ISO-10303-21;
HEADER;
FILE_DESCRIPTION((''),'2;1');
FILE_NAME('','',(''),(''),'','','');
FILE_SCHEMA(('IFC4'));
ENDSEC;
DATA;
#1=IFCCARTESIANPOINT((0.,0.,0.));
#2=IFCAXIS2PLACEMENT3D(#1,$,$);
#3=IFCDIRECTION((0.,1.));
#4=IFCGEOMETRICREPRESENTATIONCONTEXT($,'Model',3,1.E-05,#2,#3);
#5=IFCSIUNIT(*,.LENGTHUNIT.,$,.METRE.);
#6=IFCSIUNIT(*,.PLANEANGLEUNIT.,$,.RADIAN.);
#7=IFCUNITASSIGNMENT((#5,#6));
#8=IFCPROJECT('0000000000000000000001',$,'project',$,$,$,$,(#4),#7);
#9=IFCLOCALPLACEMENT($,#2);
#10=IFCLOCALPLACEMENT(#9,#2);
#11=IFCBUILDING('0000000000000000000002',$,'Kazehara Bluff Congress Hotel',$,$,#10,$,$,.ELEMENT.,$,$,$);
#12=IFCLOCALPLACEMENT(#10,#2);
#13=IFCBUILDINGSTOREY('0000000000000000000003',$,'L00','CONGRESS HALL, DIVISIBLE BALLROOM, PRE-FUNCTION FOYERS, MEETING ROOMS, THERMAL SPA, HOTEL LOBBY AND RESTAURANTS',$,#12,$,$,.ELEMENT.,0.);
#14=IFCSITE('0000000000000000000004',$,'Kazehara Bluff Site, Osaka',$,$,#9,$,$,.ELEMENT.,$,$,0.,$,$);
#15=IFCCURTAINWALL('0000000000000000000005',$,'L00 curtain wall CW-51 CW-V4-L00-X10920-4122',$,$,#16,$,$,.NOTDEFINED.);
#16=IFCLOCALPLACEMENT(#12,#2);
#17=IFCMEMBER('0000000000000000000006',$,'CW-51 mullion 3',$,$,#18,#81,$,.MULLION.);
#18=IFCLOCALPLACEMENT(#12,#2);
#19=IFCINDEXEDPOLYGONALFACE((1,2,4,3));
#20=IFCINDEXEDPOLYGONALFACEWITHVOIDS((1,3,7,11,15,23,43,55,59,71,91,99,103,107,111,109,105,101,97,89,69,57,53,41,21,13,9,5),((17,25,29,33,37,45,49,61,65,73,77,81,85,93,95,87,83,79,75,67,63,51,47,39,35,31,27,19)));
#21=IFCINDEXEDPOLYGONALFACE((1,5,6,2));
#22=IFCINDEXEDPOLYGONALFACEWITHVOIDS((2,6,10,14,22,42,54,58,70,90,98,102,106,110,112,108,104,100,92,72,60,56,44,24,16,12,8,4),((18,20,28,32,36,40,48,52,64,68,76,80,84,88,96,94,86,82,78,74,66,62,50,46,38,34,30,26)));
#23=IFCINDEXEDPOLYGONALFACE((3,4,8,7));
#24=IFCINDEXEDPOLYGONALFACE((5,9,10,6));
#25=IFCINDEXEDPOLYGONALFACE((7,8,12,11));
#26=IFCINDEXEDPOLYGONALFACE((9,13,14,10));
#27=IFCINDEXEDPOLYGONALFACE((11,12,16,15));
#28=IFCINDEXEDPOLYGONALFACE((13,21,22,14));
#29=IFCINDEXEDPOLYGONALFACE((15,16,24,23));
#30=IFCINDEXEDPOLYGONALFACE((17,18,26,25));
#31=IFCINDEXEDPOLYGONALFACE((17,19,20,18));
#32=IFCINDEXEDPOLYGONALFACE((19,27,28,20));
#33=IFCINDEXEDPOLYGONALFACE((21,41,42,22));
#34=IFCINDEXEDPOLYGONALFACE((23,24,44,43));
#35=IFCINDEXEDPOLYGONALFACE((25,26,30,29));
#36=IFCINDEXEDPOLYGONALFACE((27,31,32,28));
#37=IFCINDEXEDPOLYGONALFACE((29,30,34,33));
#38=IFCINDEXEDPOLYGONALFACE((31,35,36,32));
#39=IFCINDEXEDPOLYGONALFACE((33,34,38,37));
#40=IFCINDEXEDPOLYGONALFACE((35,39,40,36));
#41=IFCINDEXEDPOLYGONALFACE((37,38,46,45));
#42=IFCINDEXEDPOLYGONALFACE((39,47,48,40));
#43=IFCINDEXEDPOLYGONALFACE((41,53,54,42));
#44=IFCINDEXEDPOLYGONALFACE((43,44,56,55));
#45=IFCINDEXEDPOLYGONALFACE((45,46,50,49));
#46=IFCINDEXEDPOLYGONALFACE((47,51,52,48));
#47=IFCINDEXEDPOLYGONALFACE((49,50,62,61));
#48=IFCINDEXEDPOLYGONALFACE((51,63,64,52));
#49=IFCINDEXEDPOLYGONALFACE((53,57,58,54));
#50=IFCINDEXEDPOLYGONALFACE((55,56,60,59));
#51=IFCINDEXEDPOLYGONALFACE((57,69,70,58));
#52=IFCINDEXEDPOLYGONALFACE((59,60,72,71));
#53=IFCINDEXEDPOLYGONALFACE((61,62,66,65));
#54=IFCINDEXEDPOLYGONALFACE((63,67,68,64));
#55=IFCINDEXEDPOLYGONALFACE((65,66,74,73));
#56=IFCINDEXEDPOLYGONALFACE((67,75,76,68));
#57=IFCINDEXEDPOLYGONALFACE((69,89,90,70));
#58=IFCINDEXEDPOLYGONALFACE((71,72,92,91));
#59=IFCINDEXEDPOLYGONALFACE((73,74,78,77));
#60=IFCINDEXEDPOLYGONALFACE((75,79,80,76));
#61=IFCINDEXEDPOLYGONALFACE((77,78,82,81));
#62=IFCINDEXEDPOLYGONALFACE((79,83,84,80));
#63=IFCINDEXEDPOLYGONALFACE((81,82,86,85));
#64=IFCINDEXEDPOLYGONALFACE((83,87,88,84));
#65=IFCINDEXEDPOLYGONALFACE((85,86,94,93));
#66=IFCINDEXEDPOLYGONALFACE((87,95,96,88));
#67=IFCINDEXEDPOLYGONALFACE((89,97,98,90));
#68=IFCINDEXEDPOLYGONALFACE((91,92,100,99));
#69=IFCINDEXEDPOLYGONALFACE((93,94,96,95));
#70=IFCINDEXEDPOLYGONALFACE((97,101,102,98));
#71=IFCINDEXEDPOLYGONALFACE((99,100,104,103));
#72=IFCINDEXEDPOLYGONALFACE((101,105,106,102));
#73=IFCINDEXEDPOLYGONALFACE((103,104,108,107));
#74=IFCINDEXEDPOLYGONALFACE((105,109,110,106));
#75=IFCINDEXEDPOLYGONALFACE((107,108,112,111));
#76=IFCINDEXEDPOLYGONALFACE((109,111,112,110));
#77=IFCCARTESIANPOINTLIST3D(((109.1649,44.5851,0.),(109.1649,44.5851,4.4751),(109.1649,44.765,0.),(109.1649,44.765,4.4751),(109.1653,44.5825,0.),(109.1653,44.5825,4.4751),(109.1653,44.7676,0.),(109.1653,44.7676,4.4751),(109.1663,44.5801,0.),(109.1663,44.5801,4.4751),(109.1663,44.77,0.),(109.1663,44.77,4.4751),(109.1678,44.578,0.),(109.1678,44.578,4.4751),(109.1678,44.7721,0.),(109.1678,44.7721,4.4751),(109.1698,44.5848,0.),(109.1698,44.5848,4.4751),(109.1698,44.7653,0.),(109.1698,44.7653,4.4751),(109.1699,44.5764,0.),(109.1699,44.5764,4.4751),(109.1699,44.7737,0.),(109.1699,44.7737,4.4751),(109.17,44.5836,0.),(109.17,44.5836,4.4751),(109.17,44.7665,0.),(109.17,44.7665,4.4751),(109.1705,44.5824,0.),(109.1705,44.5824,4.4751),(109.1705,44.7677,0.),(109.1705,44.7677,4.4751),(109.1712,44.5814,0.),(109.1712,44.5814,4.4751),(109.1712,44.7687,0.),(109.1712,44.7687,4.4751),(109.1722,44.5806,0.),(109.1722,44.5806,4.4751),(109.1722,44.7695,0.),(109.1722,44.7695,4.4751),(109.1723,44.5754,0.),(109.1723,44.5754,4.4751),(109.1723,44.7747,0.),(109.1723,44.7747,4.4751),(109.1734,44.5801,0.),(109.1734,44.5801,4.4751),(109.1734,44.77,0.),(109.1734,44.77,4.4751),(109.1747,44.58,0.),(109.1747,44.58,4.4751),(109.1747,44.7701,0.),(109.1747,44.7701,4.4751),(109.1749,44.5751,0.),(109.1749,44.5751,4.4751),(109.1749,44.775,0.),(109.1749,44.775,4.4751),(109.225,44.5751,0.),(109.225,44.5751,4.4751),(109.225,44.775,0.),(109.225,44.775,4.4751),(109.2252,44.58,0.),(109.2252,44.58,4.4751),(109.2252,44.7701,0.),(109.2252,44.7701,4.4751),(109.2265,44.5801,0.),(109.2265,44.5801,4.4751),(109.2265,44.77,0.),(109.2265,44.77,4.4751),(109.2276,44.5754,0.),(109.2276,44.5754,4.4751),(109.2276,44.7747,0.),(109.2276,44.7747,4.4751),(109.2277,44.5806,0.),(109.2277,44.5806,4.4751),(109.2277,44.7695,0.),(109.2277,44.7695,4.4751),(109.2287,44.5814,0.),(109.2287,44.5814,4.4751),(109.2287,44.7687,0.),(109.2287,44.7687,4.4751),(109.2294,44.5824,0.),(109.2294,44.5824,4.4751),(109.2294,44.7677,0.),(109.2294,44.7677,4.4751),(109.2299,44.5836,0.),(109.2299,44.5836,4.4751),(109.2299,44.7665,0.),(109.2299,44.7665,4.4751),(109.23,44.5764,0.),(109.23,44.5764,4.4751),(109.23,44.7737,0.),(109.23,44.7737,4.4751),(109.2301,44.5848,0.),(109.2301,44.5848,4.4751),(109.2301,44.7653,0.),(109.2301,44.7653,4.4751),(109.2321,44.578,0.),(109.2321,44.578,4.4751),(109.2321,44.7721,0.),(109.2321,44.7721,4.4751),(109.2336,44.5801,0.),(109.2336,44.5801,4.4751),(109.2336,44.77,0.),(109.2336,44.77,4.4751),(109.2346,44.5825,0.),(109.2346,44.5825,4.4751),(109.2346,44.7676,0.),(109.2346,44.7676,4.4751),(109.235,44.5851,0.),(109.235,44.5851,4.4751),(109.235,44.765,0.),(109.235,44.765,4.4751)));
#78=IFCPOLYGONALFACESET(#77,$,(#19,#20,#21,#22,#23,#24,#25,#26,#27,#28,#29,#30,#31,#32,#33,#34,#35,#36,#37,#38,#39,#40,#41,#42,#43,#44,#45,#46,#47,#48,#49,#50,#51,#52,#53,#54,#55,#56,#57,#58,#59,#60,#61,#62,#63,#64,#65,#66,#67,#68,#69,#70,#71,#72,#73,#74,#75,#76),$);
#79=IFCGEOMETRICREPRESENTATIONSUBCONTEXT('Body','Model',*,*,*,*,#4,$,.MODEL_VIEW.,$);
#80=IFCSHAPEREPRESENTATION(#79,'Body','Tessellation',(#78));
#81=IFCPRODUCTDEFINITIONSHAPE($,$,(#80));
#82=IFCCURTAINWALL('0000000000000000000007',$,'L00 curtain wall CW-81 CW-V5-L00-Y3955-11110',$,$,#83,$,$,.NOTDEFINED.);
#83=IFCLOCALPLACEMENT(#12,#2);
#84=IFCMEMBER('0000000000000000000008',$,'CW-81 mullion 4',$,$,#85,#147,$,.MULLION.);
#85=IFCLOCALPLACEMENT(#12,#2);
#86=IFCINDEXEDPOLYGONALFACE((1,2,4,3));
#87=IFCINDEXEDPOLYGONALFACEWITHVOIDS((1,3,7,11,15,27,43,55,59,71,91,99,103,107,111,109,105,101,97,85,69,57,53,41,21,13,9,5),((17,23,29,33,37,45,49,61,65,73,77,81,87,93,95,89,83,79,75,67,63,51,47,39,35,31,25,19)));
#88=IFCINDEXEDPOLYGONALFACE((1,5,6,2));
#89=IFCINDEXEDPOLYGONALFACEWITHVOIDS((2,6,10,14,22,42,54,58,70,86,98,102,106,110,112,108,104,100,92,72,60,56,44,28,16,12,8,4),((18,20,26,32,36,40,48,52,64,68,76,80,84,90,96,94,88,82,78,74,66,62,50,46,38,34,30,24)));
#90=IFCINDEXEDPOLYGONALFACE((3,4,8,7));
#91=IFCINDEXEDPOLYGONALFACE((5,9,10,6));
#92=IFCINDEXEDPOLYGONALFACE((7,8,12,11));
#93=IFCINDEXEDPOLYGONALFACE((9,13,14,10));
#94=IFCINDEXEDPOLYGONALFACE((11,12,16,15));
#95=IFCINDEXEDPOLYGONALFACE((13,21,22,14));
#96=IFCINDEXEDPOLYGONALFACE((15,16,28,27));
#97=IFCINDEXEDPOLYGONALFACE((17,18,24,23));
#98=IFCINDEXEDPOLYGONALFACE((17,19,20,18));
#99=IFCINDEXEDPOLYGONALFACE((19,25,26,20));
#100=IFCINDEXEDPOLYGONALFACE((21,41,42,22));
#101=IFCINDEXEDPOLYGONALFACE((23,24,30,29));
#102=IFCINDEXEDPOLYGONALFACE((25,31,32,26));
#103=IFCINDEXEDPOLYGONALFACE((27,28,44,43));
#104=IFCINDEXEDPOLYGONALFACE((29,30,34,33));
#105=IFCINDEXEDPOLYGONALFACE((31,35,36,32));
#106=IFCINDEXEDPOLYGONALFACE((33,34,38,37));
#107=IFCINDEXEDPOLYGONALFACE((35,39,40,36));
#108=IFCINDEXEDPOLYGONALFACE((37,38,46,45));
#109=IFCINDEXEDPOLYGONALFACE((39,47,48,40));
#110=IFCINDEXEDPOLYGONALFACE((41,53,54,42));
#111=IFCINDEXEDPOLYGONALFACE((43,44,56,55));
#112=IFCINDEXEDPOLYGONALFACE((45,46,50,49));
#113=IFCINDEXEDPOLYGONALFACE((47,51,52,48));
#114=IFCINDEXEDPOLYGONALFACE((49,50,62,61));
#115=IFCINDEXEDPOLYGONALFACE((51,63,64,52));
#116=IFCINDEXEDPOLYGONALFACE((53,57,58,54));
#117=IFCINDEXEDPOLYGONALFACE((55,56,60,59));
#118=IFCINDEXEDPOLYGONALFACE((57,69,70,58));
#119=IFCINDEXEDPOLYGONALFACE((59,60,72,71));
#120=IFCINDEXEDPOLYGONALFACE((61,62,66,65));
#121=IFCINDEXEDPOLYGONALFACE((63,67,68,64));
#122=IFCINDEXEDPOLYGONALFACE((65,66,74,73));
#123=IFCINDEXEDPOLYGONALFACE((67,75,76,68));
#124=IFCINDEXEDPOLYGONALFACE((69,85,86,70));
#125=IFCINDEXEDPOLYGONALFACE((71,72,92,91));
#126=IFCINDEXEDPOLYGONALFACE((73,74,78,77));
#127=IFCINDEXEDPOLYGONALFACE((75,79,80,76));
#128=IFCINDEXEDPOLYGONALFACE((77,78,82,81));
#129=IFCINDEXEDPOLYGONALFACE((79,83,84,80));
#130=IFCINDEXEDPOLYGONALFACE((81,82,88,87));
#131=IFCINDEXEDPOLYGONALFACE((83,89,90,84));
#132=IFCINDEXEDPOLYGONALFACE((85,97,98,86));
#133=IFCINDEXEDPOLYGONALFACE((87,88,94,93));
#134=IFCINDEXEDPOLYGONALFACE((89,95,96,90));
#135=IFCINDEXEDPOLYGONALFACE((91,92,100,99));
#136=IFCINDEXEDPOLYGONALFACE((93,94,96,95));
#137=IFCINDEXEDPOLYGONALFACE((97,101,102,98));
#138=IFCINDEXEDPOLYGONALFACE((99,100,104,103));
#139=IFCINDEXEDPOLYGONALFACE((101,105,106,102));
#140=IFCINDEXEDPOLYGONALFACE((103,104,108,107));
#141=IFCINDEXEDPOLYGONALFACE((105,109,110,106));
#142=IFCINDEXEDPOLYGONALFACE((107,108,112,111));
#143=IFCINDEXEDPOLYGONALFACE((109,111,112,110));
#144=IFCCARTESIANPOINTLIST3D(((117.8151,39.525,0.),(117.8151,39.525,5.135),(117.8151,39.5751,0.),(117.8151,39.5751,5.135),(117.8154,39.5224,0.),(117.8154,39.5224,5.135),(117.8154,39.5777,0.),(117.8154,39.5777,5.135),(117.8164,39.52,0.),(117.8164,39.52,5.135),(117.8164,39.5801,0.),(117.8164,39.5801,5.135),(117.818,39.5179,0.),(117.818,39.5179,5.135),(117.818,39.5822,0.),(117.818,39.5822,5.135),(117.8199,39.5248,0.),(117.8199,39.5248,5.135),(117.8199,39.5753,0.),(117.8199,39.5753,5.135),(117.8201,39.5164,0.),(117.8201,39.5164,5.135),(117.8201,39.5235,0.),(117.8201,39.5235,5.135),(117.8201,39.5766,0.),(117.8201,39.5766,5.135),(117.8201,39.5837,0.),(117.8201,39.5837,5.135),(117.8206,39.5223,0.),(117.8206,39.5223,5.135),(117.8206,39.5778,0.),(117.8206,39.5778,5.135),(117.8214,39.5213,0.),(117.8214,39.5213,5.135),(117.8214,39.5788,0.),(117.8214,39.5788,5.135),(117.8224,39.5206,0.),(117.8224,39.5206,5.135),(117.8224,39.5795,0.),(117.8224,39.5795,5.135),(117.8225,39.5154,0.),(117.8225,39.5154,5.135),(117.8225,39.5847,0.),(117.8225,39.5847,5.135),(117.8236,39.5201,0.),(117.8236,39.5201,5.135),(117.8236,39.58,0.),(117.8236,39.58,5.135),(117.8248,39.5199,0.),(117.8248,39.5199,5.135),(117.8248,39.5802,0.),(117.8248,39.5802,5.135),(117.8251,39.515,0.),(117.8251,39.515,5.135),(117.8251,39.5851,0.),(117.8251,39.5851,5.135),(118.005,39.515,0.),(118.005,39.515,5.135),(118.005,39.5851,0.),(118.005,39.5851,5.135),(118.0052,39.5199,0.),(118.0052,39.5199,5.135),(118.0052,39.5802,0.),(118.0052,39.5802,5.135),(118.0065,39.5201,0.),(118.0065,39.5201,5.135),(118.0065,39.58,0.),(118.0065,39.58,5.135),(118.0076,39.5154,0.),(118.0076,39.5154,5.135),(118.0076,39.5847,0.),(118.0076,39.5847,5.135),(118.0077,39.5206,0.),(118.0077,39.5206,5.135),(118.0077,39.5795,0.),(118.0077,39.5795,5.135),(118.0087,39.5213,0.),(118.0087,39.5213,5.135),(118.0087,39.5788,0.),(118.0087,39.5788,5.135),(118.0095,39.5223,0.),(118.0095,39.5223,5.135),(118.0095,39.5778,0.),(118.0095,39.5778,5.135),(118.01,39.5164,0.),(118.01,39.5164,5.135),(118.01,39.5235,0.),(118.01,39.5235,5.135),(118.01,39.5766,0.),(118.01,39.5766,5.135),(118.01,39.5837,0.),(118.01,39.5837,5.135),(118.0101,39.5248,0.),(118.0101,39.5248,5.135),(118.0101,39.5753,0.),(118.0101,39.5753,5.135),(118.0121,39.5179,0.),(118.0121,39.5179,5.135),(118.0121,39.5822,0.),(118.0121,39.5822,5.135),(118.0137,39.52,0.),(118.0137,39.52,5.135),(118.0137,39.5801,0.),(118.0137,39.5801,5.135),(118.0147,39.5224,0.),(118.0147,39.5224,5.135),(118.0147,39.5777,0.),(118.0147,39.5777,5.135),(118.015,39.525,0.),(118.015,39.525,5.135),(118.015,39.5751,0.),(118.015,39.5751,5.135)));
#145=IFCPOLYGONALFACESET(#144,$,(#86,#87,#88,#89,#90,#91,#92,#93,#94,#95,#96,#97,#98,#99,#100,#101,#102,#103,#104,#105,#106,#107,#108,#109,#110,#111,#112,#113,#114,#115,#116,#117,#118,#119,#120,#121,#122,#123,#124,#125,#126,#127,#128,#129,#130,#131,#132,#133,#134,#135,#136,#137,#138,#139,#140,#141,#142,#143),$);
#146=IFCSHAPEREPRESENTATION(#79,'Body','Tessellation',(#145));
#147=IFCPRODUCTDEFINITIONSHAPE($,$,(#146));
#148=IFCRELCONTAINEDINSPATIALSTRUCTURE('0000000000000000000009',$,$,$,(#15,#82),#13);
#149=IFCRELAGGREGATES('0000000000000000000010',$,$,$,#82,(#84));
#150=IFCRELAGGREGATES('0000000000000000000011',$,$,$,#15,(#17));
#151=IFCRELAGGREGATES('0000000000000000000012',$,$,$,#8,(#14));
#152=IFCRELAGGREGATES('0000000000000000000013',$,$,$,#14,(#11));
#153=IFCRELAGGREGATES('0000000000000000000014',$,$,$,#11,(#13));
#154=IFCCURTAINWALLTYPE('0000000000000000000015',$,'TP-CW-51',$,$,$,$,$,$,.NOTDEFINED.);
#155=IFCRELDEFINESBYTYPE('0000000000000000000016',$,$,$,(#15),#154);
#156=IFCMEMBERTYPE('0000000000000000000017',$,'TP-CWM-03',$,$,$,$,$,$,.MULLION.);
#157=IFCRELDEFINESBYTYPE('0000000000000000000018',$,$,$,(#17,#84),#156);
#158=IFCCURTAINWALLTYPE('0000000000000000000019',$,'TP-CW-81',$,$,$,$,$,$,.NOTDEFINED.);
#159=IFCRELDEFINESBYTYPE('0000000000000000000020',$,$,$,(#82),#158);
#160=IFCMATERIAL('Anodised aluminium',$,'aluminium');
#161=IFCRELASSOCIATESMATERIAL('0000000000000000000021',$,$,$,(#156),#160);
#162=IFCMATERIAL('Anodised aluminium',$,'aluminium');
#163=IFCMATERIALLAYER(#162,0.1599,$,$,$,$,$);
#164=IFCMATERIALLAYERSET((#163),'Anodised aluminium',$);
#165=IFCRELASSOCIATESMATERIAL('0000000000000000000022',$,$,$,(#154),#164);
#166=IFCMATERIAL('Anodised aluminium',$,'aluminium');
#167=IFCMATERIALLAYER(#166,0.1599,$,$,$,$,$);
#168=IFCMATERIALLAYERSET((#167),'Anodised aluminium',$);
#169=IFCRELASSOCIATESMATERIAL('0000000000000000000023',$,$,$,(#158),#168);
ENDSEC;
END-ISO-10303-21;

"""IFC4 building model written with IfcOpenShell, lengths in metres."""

from ifc_helpers import new_model, si_unit, direction, frame, origin, origin_2d, place, context, subcontext, project, spatial, hollow_rectangle, extrude, material, layer, layer_set, material_profile, profile_set, type_object, element, aggregate, save


model = new_model("IFC4")

# Units and contexts
model_context = context("Model", 3, precision=1e-05, world=origin(), true_north=direction((0.0, 1.0)))
body_context = subcontext(model_context, "Body", "Model", "MODEL_VIEW")
ifc_project = project(units=[si_unit("LENGTHUNIT", "METRE"), si_unit("PLANEANGLEUNIT", "RADIAN")], contexts=[model_context])

# Site, building, storey
site_placement = place(None, origin())
site = spatial("IfcSite", under=ifc_project, at=site_placement, Name="Kazehara Bluff Site, Osaka", CompositionType="ELEMENT", RefElevation=0.0)
building_placement = place(site_placement, origin())
building = spatial("IfcBuilding", under=site, at=building_placement, Name="Kazehara Bluff Congress Hotel", CompositionType="ELEMENT")
storey_placement = place(building_placement, origin())
storey = spatial("IfcBuildingStorey", under=building, at=storey_placement, Name="L00", Description="CONGRESS HALL, DIVISIBLE BALLROOM, PRE-FUNCTION FOYERS, MEETING ROOMS, THERMAL SPA, HOTEL LOBBY AND RESTAURANTS", CompositionType="ELEMENT", Elevation=0.0)

# Shared definitions
ifc_material_1 = material(Name="Anodised aluminium", Category="aluminium")
ifc_material_profile_1 = material_profile(ifc_material_1, hollow_rectangle(XDim=0.0701, YDim=0.2, WallThickness=0.0049, InnerFilletRadius=0.0049, OuterFilletRadius=0.01, at=origin_2d()))
ifc_profile_set_1 = profile_set([ifc_material_profile_1], Name="Anodised aluminium")
member_type_1 = type_object("IfcMemberType", Name="TP-CWM-03", PredefinedType="MULLION", material=ifc_profile_set_1)

# Curtain wall, member
ifc_material_2 = material(Name="Anodised aluminium", Category="aluminium")
ifc_layer_1 = layer(ifc_material_2, 0.1599)
ifc_layer_set_1 = layer_set([ifc_layer_1], Name="Anodised aluminium")
curtain_wall_type_1 = type_object("IfcCurtainWallType", Name="TP-CW-51", PredefinedType="NOTDEFINED", material=ifc_layer_set_1)
curtain_wall_1_placement = place(storey_placement, origin())
curtain_wall_1 = element("IfcCurtainWall", 1, at=curtain_wall_1_placement, inside=storey, type_object=curtain_wall_type_1, Name="L00 curtain wall CW-51 CW-V4-L00-X10920-4122", PredefinedType="NOTDEFINED")
member_1_placement = place(storey_placement, frame((109.2, 44.675, 0.0), z_axis=(0.0, 0.0, 1.0), x_axis=(-1.0, 0.0, 0.0)))
member_1 = element("IfcMember", 2, at=member_1_placement, type_object=member_type_1, Name="CW-51 mullion 3", PredefinedType="MULLION", context=body_context, shape_type="SweptSolid", body=[
    extrude(hollow_rectangle(XDim=0.0701, YDim=0.2, WallThickness=0.0049, InnerFilletRadius=0.0049, OuterFilletRadius=0.01, at=origin_2d()), origin(), (0.0, 0.0, 1.0), 4.4751),
])

# Curtain wall, member
ifc_material_3 = material(Name="Anodised aluminium", Category="aluminium")
ifc_layer_2 = layer(ifc_material_3, 0.1599)
ifc_layer_set_2 = layer_set([ifc_layer_2], Name="Anodised aluminium")
curtain_wall_type_2 = type_object("IfcCurtainWallType", Name="TP-CW-81", PredefinedType="NOTDEFINED", material=ifc_layer_set_2)
curtain_wall_2_placement = place(storey_placement, origin())
curtain_wall_2 = element("IfcCurtainWall", 3, at=curtain_wall_2_placement, inside=storey, type_object=curtain_wall_type_2, Name="L00 curtain wall CW-81 CW-V5-L00-Y3955-11110", PredefinedType="NOTDEFINED")
member_2_placement = place(storey_placement, frame((117.915, 39.55, 0.0), z_axis=(0.0, 0.0, 1.0), x_axis=(0.0, 1.0, 0.0)))
member_2 = element("IfcMember", 4, at=member_2_placement, type_object=member_type_1, Name="CW-81 mullion 4", PredefinedType="MULLION", context=body_context, shape_type="SweptSolid", body=[
    extrude(hollow_rectangle(XDim=0.0701, YDim=0.2, WallThickness=0.0049, InnerFilletRadius=0.0049, OuterFilletRadius=0.01, at=origin_2d()), origin(), (0.0, 0.0, 1.0), 5.135),
])
aggregate(curtain_wall_2, [member_2])

aggregate(curtain_wall_1, [member_1])

save(model, "model.ifc")
